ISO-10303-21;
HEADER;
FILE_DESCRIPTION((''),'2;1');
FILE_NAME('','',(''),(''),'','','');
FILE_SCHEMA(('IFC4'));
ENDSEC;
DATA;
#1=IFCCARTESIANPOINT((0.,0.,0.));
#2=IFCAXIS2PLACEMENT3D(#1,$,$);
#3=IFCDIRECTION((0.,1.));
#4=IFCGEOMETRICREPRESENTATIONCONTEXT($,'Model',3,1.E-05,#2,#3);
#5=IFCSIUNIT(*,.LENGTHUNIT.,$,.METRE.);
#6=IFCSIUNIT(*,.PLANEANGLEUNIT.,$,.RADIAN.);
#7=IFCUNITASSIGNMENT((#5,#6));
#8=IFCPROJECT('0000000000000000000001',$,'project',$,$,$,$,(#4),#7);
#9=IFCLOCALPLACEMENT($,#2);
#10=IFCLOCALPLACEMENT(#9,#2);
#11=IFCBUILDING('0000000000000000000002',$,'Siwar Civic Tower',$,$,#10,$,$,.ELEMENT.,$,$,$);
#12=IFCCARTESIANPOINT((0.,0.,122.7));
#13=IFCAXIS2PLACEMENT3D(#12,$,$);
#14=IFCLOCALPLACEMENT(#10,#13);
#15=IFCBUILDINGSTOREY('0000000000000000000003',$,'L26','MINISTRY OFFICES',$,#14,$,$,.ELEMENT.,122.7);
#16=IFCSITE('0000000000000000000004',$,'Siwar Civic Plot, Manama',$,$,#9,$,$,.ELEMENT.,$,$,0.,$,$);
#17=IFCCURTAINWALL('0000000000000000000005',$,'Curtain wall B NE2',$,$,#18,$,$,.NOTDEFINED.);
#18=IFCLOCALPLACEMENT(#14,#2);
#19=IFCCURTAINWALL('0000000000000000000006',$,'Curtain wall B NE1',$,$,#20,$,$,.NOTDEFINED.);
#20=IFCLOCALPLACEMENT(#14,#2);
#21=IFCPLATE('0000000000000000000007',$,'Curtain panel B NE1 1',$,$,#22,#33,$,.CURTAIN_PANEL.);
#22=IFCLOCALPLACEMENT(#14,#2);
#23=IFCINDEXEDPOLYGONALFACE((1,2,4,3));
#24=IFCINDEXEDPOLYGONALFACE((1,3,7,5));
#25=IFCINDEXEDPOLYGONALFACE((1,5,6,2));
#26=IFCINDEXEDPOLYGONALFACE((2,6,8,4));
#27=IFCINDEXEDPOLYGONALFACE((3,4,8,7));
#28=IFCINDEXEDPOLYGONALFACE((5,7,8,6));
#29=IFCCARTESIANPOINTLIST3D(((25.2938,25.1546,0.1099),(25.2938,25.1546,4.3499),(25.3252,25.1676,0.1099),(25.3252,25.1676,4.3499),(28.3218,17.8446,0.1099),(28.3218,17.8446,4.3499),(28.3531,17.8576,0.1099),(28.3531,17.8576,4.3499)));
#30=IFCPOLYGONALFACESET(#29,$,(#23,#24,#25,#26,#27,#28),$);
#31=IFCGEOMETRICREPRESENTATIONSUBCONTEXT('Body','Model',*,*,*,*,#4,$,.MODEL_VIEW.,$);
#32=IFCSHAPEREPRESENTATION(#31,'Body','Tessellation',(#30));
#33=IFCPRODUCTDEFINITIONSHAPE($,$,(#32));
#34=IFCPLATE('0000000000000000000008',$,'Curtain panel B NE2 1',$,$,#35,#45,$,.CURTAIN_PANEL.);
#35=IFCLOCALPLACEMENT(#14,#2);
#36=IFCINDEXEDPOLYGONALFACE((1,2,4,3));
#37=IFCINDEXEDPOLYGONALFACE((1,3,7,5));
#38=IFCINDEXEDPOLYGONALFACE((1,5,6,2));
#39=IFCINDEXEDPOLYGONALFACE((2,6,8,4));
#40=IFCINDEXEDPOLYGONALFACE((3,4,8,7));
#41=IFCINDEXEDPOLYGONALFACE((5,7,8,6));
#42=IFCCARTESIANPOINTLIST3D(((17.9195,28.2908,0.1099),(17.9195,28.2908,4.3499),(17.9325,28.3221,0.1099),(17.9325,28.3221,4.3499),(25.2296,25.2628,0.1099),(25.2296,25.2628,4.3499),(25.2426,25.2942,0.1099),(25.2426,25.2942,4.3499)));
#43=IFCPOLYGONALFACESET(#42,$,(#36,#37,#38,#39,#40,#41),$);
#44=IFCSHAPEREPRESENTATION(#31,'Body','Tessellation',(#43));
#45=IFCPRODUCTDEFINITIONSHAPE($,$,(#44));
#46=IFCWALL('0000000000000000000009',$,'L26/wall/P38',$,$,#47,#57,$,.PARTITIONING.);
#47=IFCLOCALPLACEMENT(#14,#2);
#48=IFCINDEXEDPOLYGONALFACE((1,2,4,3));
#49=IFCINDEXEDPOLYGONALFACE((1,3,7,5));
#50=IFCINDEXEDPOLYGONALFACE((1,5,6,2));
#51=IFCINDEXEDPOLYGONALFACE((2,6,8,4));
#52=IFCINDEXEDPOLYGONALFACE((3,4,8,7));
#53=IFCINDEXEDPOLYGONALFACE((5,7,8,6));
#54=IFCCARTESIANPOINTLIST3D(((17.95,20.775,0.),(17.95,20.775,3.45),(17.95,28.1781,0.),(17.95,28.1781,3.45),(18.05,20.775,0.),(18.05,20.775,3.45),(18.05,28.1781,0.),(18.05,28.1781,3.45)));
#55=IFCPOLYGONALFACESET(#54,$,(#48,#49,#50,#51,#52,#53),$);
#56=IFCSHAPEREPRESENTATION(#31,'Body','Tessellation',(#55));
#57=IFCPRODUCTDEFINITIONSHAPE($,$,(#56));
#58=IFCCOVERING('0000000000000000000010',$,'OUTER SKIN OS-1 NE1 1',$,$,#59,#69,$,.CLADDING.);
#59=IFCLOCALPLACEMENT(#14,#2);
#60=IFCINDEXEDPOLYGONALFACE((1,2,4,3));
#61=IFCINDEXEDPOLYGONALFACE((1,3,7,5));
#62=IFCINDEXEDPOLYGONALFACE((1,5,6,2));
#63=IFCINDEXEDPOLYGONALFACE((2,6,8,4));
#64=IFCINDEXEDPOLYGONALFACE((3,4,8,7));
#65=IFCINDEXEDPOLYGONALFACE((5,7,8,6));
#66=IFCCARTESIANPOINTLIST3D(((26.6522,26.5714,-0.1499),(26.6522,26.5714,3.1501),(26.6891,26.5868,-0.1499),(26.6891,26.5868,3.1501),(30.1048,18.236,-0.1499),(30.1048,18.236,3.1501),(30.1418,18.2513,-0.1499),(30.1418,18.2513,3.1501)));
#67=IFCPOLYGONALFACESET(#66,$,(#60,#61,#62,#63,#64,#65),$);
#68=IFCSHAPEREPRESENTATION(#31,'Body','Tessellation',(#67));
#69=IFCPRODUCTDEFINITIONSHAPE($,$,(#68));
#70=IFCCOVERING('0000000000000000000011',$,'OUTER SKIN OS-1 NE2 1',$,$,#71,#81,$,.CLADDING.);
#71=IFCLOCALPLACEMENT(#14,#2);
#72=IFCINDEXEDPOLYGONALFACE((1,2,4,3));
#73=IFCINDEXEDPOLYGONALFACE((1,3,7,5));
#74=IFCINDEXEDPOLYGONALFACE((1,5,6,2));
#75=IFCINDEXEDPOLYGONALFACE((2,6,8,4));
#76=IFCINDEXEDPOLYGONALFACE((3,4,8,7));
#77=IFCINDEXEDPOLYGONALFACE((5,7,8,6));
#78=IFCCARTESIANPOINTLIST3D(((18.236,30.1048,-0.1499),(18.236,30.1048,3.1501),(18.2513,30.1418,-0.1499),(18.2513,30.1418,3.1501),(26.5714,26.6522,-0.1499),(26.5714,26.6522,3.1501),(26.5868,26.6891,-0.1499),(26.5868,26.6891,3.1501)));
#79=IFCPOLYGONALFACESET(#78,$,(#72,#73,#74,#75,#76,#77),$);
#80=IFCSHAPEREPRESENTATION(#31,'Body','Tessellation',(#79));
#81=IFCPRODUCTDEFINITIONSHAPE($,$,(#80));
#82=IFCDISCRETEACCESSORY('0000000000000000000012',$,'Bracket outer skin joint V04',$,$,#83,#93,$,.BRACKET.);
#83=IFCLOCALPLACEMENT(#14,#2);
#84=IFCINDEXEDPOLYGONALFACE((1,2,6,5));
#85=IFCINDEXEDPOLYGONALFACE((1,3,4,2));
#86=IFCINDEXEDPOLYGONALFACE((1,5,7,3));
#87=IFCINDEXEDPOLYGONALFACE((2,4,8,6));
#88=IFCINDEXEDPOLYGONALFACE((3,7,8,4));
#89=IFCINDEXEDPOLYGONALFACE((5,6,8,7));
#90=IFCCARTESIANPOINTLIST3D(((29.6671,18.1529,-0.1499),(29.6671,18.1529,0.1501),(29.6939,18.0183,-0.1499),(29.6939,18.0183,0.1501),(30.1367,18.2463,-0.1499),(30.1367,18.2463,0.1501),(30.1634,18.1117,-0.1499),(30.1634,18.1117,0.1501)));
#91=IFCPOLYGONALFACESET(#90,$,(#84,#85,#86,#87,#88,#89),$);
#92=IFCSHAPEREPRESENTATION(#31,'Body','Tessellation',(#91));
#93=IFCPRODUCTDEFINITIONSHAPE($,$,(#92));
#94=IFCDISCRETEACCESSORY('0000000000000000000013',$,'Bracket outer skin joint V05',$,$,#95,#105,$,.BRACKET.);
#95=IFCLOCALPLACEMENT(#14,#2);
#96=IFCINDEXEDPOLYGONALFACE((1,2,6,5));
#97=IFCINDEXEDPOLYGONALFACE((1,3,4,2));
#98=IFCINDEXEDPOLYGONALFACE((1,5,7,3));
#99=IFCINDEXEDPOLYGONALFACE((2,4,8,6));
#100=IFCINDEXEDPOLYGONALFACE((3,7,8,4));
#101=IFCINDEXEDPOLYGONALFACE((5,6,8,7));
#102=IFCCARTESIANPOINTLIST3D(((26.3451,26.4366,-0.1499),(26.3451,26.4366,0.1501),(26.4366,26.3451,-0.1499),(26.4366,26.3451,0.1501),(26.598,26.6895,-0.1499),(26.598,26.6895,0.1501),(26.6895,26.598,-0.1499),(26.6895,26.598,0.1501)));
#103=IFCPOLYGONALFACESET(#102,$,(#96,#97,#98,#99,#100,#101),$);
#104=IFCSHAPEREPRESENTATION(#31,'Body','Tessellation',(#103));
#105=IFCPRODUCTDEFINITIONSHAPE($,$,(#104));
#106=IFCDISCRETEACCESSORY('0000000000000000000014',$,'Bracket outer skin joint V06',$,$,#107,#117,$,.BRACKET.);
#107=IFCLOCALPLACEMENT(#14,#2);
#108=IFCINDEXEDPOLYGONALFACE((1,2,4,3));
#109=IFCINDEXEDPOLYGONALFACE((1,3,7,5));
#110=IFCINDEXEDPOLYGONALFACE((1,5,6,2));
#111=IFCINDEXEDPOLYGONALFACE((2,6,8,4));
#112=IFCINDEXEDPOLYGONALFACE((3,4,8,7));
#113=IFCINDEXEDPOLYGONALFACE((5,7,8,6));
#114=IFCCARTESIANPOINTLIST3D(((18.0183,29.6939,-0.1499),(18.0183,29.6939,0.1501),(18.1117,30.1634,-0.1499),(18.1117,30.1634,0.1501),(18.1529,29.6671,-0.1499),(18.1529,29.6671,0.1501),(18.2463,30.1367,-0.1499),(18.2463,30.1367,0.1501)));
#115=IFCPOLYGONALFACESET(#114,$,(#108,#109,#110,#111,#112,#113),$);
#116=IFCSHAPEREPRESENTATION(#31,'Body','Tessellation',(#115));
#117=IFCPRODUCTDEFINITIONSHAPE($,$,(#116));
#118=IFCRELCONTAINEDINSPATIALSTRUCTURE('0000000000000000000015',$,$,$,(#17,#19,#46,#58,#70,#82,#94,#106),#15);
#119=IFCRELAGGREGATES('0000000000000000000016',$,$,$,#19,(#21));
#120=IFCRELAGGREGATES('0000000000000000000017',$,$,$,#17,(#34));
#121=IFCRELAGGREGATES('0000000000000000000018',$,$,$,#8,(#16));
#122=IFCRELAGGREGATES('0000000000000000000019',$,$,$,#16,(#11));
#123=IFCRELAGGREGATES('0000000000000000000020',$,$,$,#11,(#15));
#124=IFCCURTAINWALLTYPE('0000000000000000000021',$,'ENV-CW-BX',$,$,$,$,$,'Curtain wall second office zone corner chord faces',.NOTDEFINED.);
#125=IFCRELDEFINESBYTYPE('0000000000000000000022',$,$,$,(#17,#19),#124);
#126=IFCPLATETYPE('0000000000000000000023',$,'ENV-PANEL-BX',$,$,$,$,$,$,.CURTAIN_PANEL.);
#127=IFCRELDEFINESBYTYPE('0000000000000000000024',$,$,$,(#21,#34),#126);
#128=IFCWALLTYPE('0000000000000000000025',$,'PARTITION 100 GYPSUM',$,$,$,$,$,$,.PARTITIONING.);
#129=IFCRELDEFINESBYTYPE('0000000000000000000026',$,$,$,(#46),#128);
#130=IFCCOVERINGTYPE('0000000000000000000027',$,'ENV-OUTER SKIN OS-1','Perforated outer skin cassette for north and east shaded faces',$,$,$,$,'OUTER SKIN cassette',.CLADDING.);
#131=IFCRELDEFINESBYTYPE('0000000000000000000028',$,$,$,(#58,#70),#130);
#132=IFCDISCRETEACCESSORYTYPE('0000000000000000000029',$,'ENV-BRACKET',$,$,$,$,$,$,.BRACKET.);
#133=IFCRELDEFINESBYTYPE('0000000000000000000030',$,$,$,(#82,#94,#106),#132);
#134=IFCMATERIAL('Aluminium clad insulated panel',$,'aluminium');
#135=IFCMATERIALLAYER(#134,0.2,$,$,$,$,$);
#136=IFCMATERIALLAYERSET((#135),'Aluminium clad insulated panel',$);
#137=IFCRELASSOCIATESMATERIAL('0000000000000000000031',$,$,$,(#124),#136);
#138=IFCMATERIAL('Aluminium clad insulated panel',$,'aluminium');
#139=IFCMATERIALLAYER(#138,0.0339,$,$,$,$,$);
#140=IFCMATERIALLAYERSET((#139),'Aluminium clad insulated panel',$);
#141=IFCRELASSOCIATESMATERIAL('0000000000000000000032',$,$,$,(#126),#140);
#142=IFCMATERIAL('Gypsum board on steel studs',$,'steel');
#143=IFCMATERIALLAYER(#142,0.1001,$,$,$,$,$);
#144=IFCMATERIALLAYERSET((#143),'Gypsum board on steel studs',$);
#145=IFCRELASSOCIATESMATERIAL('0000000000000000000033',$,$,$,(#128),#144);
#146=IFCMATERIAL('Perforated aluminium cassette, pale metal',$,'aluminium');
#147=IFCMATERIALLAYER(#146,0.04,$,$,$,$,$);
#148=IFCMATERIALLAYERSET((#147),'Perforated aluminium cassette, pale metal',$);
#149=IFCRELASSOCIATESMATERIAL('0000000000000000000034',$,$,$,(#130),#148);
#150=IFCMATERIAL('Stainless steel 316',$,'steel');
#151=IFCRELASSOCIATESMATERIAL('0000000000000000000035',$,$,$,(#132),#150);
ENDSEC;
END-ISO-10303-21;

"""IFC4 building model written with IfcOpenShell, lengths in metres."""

from ifc_helpers import new_model, si_unit, direction, frame, frame_2d, origin, origin_2d, place, context, subcontext, project, spatial, rectangle, extrude, material, layer, layer_set, type_object, element, aggregate, save


model = new_model("IFC4")

# Units and contexts
model_context = context("Model", 3, precision=1e-05, world=origin(), true_north=direction((0.0, 1.0)))
body_context = subcontext(model_context, "Body", "Model", "MODEL_VIEW")
ifc_project = project(units=[si_unit("LENGTHUNIT", "METRE"), si_unit("PLANEANGLEUNIT", "RADIAN")], contexts=[model_context])

# Site, building, storey
site_placement = place(None, origin())
site = spatial("IfcSite", under=ifc_project, at=site_placement, Name="Siwar Civic Plot, Manama", CompositionType="ELEMENT", RefElevation=0.0)
building_placement = place(site_placement, origin())
building = spatial("IfcBuilding", under=site, at=building_placement, Name="Siwar Civic Tower", CompositionType="ELEMENT")
storey_placement = place(building_placement, frame((0.0, 0.0, 122.7)))
storey = spatial("IfcBuildingStorey", under=building, at=storey_placement, Name="L26", Description="MINISTRY OFFICES", CompositionType="ELEMENT", Elevation=122.7)

# Curtain wall
ifc_material_1 = material(Name="Aluminium clad insulated panel", Category="aluminium")
ifc_layer_1 = layer(ifc_material_1, 0.2)
ifc_layer_set_1 = layer_set([ifc_layer_1], Name="Aluminium clad insulated panel")
curtain_wall_type_1 = type_object("IfcCurtainWallType", Name="ENV-CW-BX", ElementType="Curtain wall second office zone corner chord faces", PredefinedType="NOTDEFINED", material=ifc_layer_set_1)
curtain_wall_1_placement = place(storey_placement, origin())
curtain_wall_1 = element("IfcCurtainWall", 1, at=curtain_wall_1_placement, inside=storey, type_object=curtain_wall_type_1, Name="Curtain wall B NE2", PredefinedType="NOTDEFINED")

# Curtain wall, plate
curtain_wall_2_placement = place(storey_placement, origin())
curtain_wall_2 = element("IfcCurtainWall", 2, at=curtain_wall_2_placement, inside=storey, type_object=curtain_wall_type_1, Name="Curtain wall B NE1", PredefinedType="NOTDEFINED")
ifc_material_2 = material(Name="Aluminium clad insulated panel", Category="aluminium")
ifc_layer_2 = layer(ifc_material_2, 0.0339)
ifc_layer_set_2 = layer_set([ifc_layer_2], Name="Aluminium clad insulated panel")
plate_type = type_object("IfcPlateType", Name="ENV-PANEL-BX", PredefinedType="CURTAIN_PANEL", material=ifc_layer_set_2)
plate_1_placement = place(storey_placement, frame((26.8235, 21.5061, 0.1099), z_axis=(0.0, 0.0, 1.0), x_axis=(-0.382683, 0.92388, 0.0)))
plate_1 = element("IfcPlate", 3, at=plate_1_placement, type_object=plate_type, Name="Curtain panel B NE1 1", PredefinedType="CURTAIN_PANEL", context=body_context, shape_type="SweptSolid", body=[
    extrude(rectangle(XDim=7.9124, YDim=0.0339, at=origin_2d()), origin(), (0.0, 0.0, 1.0), 4.24),
])
aggregate(curtain_wall_2, [plate_1])

# Plate
plate_2_placement = place(storey_placement, frame((21.5811, 26.7925, 0.1099), z_axis=(0.0, 0.0, 1.0), x_axis=(-0.92388, 0.382683, 0.0)))
plate_2 = element("IfcPlate", 4, at=plate_2_placement, type_object=plate_type, Name="Curtain panel B NE2 1", PredefinedType="CURTAIN_PANEL", context=body_context, shape_type="SweptSolid", body=[
    extrude(rectangle(XDim=7.9124, YDim=0.0339, at=origin_2d()), origin(), (0.0, 0.0, 1.0), 4.24),
])
aggregate(curtain_wall_1, [plate_2])

# Wall
ifc_material_3 = material(Name="Gypsum board on steel studs", Category="steel")
ifc_layer_3 = layer(ifc_material_3, 0.1001)
ifc_layer_set_3 = layer_set([ifc_layer_3], Name="Gypsum board on steel studs")
wall_type = type_object("IfcWallType", Name="PARTITION 100 GYPSUM", PredefinedType="PARTITIONING", material=ifc_layer_set_3)
wall_placement = place(storey_placement, frame((18.0, 20.7749, 0.0), z_axis=(0.0, 0.0, 1.0), x_axis=(0.0, 1.0, 0.0)))
element("IfcWall", 5, at=wall_placement, inside=storey, type_object=wall_type, Name="L26/wall/P38", PredefinedType="PARTITIONING", context=body_context, shape_type="SweptSolid", body=[
    extrude(rectangle(XDim=7.4031, YDim=0.1001, at=frame_2d((3.7017, 0.0))), origin(), (0.0, 0.0, 1.0), 3.45),
])

# Coverings
ifc_material_4 = material(Name="Perforated aluminium cassette, pale metal", Category="aluminium")
ifc_layer_4 = layer(ifc_material_4, 0.04)
ifc_layer_set_4 = layer_set([ifc_layer_4], Name="Perforated aluminium cassette, pale metal")
covering_type = type_object("IfcCoveringType", Name="ENV-OUTER SKIN OS-1", Description="Perforated outer skin cassette for north and east shaded faces", ElementType="OUTER SKIN cassette", PredefinedType="CLADDING", material=ifc_layer_set_4)
for number, where, z_axis, x_axis, name in (
    (6, (28.397, 22.4114, -0.1499), (0.0, 0.0, 1.0), (-0.382683, 0.92388, 0.0), "OUTER SKIN OS-1 NE1 1"),
    (7, (22.4114, 28.397, -0.1499), (0.0, 0.0, 1.0), (-0.92388, 0.382683, 0.0), "OUTER SKIN OS-1 NE2 1"),
):
    element("IfcCovering", number, at=place(storey_placement, frame(where, z_axis=z_axis, x_axis=x_axis)), inside=storey, type_object=covering_type, Name=name, PredefinedType="CLADDING", context=body_context, shape_type="SweptSolid", body=[
        extrude(rectangle(XDim=9.0222, YDim=0.04, at=origin_2d()), origin(), (0.0, 0.0, 1.0), 3.3),
    ])

# Discrete accessories
ifc_material_5 = material(Name="Stainless steel 316", Category="steel")
discrete_accessory_type = type_object("IfcDiscreteAccessoryType", Name="ENV-BRACKET", PredefinedType="BRACKET", material=ifc_material_5)
discrete_accessory_1_placement = place(storey_placement, frame((29.9153, 18.1323, -0.1499), z_axis=(0.0, 0.0, 1.0), x_axis=(0.980785, 0.19509, 0.0)))
element("IfcDiscreteAccessory", 8, at=discrete_accessory_1_placement, inside=storey, type_object=discrete_accessory_type, Name="Bracket outer skin joint V04", PredefinedType="BRACKET", context=body_context, shape_type="SweptSolid", body=[
    extrude(rectangle(XDim=0.4788, YDim=0.1372, at=origin_2d()), origin(), (0.0, 0.0, 1.0), 0.3),
])
discrete_accessory_2_placement = place(storey_placement, frame((26.5173, 26.5173, -0.1499), z_axis=(0.0, 0.0, 1.0), x_axis=(0.707107, 0.707107, 0.0)))
element("IfcDiscreteAccessory", 9, at=discrete_accessory_2_placement, inside=storey, type_object=discrete_accessory_type, Name="Bracket outer skin joint V05", PredefinedType="BRACKET", context=body_context, shape_type="SweptSolid", body=[
    extrude(rectangle(XDim=0.3577, YDim=0.1294, at=origin_2d()), origin(), (0.0, 0.0, 1.0), 0.3),
])
discrete_accessory_3_placement = place(storey_placement, frame((18.1323, 29.9153, -0.1499), z_axis=(0.0, 0.0, 1.0), x_axis=(0.19509, 0.980785, 0.0)))
element("IfcDiscreteAccessory", 10, at=discrete_accessory_3_placement, inside=storey, type_object=discrete_accessory_type, Name="Bracket outer skin joint V06", PredefinedType="BRACKET", context=body_context, shape_type="SweptSolid", body=[
    extrude(rectangle(XDim=0.4788, YDim=0.1372, at=origin_2d()), origin(), (0.0, 0.0, 1.0), 0.3),
])

save(model, "model.ifc")
